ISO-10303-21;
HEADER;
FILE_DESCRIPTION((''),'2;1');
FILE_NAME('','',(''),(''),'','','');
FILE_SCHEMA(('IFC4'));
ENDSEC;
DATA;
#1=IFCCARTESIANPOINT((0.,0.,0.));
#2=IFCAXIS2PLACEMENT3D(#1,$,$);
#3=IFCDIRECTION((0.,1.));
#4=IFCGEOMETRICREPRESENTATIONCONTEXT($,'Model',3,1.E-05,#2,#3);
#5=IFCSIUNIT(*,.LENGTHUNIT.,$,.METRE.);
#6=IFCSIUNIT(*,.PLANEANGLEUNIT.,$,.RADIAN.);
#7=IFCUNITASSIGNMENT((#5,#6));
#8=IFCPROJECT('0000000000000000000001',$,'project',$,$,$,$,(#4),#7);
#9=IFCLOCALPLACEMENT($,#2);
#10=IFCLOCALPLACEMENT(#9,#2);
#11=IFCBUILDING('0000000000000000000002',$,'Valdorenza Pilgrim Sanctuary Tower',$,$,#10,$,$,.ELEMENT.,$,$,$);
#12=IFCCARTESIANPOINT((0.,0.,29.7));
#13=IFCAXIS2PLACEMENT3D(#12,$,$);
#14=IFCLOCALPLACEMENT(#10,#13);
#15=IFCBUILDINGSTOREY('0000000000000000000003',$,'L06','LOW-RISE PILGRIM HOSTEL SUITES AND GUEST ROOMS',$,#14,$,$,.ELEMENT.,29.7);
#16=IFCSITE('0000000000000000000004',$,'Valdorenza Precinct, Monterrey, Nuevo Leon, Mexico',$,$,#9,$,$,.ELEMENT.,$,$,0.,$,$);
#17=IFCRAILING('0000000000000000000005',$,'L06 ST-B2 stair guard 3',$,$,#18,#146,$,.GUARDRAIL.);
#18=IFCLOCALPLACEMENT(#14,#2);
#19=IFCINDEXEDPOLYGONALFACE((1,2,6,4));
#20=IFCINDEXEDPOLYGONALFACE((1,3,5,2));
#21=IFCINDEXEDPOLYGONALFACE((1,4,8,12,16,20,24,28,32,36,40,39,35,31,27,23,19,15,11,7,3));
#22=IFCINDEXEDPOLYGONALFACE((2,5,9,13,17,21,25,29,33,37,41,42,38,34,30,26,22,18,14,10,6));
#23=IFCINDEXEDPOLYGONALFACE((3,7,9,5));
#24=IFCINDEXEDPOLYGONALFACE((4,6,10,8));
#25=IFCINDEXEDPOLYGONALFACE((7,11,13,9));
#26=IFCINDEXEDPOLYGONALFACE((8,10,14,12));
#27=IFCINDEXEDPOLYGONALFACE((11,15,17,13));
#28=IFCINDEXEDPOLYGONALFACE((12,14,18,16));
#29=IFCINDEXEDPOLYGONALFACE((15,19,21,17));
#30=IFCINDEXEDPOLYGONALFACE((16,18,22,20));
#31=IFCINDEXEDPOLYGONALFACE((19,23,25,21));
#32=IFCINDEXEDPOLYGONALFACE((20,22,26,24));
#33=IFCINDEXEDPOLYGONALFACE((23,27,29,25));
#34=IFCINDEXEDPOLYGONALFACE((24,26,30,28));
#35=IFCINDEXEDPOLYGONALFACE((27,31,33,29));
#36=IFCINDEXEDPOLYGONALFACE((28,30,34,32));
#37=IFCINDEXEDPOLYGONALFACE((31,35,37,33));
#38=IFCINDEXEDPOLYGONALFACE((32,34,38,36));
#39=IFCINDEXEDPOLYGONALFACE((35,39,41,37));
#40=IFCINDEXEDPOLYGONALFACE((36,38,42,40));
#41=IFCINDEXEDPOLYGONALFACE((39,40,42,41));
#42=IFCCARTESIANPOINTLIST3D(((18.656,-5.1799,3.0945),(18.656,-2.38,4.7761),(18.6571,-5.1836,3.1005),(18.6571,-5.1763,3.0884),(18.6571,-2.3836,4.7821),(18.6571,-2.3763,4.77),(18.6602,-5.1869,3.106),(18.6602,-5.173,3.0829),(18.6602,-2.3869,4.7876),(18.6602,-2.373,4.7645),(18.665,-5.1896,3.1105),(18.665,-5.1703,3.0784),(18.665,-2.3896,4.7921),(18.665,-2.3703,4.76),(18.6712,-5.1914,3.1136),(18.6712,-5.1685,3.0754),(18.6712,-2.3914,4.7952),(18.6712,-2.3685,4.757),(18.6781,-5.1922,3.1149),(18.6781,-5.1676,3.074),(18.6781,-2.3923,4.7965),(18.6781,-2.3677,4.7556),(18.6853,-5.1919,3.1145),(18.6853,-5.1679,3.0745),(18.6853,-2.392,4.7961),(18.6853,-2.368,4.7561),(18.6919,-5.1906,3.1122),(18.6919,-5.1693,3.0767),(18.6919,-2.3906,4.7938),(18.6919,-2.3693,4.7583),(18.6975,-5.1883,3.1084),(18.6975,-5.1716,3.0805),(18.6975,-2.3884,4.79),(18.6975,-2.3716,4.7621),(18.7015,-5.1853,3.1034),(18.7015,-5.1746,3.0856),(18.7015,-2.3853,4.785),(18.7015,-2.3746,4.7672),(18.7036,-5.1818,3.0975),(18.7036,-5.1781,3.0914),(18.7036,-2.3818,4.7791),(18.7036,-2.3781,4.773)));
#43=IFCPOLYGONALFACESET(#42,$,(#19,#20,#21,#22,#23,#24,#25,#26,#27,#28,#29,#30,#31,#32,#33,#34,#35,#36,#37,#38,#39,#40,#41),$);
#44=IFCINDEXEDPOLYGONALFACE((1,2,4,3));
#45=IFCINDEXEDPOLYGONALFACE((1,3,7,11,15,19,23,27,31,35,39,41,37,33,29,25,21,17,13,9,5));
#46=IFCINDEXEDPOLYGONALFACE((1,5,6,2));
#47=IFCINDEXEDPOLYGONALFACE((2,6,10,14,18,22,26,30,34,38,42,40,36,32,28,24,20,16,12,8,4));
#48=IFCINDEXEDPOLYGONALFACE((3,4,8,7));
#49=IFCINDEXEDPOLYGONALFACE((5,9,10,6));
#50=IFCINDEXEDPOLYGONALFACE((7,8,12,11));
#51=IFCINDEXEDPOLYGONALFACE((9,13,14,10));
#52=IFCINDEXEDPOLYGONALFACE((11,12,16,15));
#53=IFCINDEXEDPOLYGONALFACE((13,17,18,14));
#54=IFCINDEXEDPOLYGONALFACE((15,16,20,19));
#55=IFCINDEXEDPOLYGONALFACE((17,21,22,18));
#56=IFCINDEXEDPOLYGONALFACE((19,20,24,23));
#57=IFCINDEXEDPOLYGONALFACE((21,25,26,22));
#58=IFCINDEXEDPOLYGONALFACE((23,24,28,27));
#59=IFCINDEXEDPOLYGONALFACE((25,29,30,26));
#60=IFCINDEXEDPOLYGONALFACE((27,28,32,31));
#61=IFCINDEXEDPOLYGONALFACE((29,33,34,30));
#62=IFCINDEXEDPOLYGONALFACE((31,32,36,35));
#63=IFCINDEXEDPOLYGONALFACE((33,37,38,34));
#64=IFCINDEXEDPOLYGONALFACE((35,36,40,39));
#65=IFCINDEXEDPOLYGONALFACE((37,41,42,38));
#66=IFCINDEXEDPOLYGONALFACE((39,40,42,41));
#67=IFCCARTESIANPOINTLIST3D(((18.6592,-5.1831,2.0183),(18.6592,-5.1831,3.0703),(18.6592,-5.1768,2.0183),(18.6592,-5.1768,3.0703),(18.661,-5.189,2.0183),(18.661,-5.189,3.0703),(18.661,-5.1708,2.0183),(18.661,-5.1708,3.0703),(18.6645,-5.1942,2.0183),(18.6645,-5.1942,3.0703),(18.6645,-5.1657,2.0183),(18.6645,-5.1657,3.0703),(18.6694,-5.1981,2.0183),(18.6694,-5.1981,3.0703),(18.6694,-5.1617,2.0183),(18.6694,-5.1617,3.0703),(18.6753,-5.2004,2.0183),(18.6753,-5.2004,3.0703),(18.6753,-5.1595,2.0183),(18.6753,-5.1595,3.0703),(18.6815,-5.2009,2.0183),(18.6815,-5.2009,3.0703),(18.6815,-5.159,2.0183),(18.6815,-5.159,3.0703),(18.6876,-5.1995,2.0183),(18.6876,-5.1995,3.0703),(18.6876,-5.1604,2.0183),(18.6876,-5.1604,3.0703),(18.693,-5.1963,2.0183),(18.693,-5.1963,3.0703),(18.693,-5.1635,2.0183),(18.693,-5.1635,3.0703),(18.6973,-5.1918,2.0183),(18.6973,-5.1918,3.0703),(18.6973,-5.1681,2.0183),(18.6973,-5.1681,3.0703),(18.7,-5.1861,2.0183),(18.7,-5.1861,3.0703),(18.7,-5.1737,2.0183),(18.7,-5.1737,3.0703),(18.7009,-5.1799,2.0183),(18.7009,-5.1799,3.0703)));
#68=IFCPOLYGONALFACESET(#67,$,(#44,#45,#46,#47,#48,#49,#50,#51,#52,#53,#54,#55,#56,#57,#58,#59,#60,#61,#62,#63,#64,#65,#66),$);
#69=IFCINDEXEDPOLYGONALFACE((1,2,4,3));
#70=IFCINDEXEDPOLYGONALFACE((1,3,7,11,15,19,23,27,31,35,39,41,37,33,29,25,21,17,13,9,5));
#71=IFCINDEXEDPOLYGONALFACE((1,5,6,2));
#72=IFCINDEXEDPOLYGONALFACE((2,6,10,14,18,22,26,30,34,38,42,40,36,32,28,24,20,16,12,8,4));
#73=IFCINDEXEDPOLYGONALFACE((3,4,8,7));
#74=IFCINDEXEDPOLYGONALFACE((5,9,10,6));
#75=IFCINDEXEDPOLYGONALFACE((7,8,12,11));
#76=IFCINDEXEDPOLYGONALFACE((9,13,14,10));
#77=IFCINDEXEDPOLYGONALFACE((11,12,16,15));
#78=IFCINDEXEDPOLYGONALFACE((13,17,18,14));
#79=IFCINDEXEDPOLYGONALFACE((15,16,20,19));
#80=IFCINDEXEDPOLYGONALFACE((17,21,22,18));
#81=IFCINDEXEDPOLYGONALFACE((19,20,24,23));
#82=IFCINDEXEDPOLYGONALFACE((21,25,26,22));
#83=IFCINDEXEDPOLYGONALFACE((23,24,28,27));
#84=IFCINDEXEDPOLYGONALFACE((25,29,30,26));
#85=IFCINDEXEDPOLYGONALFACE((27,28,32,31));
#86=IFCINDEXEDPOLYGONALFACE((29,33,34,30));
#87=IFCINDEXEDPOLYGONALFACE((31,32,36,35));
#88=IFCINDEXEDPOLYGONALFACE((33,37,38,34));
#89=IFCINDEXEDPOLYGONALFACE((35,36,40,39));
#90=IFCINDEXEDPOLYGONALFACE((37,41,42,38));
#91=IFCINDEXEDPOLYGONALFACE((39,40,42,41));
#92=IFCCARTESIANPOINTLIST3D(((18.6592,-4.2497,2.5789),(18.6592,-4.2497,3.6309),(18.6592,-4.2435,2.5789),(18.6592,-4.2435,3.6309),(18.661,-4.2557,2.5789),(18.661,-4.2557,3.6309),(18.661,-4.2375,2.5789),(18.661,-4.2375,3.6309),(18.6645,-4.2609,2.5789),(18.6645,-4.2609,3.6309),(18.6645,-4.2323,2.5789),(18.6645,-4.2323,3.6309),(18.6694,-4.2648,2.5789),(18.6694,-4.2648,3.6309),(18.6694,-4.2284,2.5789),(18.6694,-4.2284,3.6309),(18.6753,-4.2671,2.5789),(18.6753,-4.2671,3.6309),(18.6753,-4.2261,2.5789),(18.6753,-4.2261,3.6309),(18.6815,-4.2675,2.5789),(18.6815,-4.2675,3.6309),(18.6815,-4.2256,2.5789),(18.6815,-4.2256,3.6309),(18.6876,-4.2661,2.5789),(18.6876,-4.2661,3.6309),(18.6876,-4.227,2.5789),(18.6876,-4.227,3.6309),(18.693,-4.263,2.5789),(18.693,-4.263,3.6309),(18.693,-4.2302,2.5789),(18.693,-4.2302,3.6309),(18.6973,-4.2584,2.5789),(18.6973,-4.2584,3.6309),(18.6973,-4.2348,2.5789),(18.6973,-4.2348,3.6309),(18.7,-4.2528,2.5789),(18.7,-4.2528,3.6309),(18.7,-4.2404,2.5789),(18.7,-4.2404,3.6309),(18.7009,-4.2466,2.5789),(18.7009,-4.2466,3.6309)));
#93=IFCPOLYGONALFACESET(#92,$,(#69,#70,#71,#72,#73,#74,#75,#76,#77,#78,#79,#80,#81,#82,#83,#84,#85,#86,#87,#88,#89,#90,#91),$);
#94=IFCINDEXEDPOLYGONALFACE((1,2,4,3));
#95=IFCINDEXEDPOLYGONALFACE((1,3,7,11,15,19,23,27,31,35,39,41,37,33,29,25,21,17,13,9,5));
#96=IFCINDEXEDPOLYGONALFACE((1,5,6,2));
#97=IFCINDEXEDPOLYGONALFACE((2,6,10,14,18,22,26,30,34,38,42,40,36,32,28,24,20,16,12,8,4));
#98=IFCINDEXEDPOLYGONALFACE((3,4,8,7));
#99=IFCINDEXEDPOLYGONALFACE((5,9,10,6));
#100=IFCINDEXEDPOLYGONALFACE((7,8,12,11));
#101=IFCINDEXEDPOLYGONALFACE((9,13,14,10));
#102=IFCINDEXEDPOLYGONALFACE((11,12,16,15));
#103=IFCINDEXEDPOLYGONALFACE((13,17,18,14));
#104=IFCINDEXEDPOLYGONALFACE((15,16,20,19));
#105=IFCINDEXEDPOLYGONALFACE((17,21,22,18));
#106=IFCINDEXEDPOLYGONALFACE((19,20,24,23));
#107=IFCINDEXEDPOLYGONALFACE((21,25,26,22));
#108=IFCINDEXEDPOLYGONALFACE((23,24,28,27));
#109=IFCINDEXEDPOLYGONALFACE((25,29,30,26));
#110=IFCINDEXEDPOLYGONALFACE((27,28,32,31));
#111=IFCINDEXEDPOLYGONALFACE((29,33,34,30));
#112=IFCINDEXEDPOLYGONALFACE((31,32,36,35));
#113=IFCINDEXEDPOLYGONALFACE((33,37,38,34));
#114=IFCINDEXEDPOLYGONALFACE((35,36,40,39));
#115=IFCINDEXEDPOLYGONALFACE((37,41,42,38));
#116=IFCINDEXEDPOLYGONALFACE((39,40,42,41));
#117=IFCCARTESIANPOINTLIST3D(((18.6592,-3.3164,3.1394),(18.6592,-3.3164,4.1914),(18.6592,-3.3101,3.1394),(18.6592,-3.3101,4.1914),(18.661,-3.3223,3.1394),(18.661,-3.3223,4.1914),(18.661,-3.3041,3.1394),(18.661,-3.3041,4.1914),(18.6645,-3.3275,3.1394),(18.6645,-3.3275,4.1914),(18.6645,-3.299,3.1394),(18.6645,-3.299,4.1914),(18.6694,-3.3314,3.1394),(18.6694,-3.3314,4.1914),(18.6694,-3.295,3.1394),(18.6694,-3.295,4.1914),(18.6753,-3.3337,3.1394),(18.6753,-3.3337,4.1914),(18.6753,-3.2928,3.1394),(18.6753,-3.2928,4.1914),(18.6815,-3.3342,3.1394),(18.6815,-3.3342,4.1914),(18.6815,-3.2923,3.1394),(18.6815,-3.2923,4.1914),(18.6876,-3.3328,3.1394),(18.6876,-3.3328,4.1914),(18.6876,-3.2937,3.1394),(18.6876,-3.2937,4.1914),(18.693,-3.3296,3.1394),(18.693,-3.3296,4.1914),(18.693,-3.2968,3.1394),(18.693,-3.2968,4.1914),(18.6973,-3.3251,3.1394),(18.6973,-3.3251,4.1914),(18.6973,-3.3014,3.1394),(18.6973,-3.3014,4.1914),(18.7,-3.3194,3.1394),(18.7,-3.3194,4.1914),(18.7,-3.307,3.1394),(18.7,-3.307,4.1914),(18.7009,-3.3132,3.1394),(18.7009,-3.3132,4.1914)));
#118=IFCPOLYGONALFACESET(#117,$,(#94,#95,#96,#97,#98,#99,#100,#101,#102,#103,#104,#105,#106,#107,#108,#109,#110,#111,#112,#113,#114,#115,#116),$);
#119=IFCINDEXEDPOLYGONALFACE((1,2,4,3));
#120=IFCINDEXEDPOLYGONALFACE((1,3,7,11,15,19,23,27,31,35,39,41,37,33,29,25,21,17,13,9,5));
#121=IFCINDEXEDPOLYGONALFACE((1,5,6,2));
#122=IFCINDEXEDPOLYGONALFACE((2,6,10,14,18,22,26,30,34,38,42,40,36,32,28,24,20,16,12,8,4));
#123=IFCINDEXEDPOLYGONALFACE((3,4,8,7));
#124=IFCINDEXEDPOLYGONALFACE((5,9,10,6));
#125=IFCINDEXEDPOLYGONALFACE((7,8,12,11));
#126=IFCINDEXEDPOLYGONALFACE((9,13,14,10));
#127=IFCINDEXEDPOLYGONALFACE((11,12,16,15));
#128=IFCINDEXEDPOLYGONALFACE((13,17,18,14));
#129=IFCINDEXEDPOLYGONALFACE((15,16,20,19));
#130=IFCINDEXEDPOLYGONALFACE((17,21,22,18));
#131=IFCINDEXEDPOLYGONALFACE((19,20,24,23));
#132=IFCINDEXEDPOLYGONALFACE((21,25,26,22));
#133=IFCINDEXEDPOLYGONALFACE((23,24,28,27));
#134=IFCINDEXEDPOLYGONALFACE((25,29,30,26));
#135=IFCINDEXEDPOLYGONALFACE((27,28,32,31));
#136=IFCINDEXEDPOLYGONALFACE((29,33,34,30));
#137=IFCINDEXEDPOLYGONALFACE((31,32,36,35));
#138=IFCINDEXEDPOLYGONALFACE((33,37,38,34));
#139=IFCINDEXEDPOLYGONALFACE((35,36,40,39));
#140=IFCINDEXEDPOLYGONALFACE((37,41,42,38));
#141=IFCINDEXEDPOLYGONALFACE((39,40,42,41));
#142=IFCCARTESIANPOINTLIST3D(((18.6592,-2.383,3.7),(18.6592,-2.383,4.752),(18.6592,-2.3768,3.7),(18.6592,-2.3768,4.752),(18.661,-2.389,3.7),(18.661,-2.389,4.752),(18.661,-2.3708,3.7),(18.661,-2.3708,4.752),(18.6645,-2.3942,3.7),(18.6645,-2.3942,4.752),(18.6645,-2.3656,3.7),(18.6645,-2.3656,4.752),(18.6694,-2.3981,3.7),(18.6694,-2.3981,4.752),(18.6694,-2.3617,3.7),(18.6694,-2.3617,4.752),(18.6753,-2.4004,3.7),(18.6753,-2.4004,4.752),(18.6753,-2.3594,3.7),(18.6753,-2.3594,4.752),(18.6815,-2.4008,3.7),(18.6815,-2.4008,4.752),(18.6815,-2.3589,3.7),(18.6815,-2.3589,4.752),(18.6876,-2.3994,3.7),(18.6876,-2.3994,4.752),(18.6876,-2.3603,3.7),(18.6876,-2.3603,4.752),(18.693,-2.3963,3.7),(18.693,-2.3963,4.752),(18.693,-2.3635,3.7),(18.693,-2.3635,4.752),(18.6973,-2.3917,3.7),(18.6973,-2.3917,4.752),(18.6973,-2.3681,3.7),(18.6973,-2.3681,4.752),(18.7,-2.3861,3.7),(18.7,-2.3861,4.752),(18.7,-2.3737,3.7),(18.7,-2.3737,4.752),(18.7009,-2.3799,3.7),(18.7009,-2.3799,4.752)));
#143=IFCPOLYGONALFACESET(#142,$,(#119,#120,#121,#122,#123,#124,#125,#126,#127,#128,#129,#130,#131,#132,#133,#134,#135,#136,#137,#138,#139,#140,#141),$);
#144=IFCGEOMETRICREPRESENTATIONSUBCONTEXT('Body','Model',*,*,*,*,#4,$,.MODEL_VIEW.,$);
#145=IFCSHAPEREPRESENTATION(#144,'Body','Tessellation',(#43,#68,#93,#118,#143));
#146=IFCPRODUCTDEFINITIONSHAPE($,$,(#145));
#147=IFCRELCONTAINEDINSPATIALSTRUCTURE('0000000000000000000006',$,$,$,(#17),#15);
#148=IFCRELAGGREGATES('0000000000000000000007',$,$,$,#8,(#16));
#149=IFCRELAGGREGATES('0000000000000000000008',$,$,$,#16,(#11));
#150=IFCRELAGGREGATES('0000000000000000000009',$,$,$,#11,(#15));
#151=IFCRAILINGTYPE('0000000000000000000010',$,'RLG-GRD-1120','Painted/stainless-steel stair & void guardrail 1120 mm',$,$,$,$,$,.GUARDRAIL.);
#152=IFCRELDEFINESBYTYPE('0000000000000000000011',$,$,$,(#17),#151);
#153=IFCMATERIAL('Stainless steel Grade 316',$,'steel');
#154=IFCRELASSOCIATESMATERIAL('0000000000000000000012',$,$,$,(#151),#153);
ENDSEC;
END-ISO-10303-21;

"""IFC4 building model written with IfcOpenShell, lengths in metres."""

from ifc_helpers import new_model, si_unit, direction, frame, origin, origin_2d, place, context, subcontext, project, spatial, circle, extrude, material, type_object, element, save


model = new_model("IFC4")

# Units and contexts
model_context = context("Model", 3, precision=1e-05, world=origin(), true_north=direction((0.0, 1.0)))
body_context = subcontext(model_context, "Body", "Model", "MODEL_VIEW")
ifc_project = project(units=[si_unit("LENGTHUNIT", "METRE"), si_unit("PLANEANGLEUNIT", "RADIAN")], contexts=[model_context])

# Site, building, storey
site_placement = place(None, origin())
site = spatial("IfcSite", under=ifc_project, at=site_placement, Name="Valdorenza Precinct, Monterrey, Nuevo Leon, Mexico", CompositionType="ELEMENT", RefElevation=0.0)
building_placement = place(site_placement, origin())
building = spatial("IfcBuilding", under=site, at=building_placement, Name="Valdorenza Pilgrim Sanctuary Tower", CompositionType="ELEMENT")
storey_placement = place(building_placement, frame((0.0, 0.0, 29.7)))
storey = spatial("IfcBuildingStorey", under=building, at=storey_placement, Name="L06", Description="LOW-RISE PILGRIM HOSTEL SUITES AND GUEST ROOMS", CompositionType="ELEMENT", Elevation=29.7)

# Railing
ifc_material_1 = material(Name="Stainless steel Grade 316", Category="steel")
railing_type_1 = type_object("IfcRailingType", Name="RLG-GRD-1120", Description="Painted/stainless-steel stair & void guardrail 1120 mm", PredefinedType="GUARDRAIL", material=ifc_material_1)
railing_1_placement = place(storey_placement, frame((18.6799, -5.1799, 2.0183)))
element("IfcRailing", 1, at=railing_1_placement, inside=storey, type_object=railing_type_1, Name="L06 ST-B2 stair guard 3", PredefinedType="GUARDRAIL", context=body_context, shape_type="SweptSolid", body=[
    extrude(circle(Radius=0.0239, at=origin_2d()), frame((0.0, 0.0, 1.0762), z_axis=(0.0, 0.857275, 0.514858), x_axis=(-1.0, 0.0, 0.0)), (0.0, 0.0, 1.0), 3.2661),
    extrude(circle(Radius=0.021, at=origin_2d()), origin(), (0.0, 0.0, 1.0), 1.052),
    extrude(circle(Radius=0.021, at=origin_2d()), frame((0.0, 0.9333, 0.5605)), (0.0, 0.0, 1.0), 1.052),
    extrude(circle(Radius=0.021, at=origin_2d()), frame((0.0, 1.8667, 1.1211)), (0.0, 0.0, 1.0), 1.052),
    extrude(circle(Radius=0.021, at=origin_2d()), frame((0.0, 2.8, 1.6816)), (0.0, 0.0, 1.0), 1.052),
])

save(model, "model.ifc")
